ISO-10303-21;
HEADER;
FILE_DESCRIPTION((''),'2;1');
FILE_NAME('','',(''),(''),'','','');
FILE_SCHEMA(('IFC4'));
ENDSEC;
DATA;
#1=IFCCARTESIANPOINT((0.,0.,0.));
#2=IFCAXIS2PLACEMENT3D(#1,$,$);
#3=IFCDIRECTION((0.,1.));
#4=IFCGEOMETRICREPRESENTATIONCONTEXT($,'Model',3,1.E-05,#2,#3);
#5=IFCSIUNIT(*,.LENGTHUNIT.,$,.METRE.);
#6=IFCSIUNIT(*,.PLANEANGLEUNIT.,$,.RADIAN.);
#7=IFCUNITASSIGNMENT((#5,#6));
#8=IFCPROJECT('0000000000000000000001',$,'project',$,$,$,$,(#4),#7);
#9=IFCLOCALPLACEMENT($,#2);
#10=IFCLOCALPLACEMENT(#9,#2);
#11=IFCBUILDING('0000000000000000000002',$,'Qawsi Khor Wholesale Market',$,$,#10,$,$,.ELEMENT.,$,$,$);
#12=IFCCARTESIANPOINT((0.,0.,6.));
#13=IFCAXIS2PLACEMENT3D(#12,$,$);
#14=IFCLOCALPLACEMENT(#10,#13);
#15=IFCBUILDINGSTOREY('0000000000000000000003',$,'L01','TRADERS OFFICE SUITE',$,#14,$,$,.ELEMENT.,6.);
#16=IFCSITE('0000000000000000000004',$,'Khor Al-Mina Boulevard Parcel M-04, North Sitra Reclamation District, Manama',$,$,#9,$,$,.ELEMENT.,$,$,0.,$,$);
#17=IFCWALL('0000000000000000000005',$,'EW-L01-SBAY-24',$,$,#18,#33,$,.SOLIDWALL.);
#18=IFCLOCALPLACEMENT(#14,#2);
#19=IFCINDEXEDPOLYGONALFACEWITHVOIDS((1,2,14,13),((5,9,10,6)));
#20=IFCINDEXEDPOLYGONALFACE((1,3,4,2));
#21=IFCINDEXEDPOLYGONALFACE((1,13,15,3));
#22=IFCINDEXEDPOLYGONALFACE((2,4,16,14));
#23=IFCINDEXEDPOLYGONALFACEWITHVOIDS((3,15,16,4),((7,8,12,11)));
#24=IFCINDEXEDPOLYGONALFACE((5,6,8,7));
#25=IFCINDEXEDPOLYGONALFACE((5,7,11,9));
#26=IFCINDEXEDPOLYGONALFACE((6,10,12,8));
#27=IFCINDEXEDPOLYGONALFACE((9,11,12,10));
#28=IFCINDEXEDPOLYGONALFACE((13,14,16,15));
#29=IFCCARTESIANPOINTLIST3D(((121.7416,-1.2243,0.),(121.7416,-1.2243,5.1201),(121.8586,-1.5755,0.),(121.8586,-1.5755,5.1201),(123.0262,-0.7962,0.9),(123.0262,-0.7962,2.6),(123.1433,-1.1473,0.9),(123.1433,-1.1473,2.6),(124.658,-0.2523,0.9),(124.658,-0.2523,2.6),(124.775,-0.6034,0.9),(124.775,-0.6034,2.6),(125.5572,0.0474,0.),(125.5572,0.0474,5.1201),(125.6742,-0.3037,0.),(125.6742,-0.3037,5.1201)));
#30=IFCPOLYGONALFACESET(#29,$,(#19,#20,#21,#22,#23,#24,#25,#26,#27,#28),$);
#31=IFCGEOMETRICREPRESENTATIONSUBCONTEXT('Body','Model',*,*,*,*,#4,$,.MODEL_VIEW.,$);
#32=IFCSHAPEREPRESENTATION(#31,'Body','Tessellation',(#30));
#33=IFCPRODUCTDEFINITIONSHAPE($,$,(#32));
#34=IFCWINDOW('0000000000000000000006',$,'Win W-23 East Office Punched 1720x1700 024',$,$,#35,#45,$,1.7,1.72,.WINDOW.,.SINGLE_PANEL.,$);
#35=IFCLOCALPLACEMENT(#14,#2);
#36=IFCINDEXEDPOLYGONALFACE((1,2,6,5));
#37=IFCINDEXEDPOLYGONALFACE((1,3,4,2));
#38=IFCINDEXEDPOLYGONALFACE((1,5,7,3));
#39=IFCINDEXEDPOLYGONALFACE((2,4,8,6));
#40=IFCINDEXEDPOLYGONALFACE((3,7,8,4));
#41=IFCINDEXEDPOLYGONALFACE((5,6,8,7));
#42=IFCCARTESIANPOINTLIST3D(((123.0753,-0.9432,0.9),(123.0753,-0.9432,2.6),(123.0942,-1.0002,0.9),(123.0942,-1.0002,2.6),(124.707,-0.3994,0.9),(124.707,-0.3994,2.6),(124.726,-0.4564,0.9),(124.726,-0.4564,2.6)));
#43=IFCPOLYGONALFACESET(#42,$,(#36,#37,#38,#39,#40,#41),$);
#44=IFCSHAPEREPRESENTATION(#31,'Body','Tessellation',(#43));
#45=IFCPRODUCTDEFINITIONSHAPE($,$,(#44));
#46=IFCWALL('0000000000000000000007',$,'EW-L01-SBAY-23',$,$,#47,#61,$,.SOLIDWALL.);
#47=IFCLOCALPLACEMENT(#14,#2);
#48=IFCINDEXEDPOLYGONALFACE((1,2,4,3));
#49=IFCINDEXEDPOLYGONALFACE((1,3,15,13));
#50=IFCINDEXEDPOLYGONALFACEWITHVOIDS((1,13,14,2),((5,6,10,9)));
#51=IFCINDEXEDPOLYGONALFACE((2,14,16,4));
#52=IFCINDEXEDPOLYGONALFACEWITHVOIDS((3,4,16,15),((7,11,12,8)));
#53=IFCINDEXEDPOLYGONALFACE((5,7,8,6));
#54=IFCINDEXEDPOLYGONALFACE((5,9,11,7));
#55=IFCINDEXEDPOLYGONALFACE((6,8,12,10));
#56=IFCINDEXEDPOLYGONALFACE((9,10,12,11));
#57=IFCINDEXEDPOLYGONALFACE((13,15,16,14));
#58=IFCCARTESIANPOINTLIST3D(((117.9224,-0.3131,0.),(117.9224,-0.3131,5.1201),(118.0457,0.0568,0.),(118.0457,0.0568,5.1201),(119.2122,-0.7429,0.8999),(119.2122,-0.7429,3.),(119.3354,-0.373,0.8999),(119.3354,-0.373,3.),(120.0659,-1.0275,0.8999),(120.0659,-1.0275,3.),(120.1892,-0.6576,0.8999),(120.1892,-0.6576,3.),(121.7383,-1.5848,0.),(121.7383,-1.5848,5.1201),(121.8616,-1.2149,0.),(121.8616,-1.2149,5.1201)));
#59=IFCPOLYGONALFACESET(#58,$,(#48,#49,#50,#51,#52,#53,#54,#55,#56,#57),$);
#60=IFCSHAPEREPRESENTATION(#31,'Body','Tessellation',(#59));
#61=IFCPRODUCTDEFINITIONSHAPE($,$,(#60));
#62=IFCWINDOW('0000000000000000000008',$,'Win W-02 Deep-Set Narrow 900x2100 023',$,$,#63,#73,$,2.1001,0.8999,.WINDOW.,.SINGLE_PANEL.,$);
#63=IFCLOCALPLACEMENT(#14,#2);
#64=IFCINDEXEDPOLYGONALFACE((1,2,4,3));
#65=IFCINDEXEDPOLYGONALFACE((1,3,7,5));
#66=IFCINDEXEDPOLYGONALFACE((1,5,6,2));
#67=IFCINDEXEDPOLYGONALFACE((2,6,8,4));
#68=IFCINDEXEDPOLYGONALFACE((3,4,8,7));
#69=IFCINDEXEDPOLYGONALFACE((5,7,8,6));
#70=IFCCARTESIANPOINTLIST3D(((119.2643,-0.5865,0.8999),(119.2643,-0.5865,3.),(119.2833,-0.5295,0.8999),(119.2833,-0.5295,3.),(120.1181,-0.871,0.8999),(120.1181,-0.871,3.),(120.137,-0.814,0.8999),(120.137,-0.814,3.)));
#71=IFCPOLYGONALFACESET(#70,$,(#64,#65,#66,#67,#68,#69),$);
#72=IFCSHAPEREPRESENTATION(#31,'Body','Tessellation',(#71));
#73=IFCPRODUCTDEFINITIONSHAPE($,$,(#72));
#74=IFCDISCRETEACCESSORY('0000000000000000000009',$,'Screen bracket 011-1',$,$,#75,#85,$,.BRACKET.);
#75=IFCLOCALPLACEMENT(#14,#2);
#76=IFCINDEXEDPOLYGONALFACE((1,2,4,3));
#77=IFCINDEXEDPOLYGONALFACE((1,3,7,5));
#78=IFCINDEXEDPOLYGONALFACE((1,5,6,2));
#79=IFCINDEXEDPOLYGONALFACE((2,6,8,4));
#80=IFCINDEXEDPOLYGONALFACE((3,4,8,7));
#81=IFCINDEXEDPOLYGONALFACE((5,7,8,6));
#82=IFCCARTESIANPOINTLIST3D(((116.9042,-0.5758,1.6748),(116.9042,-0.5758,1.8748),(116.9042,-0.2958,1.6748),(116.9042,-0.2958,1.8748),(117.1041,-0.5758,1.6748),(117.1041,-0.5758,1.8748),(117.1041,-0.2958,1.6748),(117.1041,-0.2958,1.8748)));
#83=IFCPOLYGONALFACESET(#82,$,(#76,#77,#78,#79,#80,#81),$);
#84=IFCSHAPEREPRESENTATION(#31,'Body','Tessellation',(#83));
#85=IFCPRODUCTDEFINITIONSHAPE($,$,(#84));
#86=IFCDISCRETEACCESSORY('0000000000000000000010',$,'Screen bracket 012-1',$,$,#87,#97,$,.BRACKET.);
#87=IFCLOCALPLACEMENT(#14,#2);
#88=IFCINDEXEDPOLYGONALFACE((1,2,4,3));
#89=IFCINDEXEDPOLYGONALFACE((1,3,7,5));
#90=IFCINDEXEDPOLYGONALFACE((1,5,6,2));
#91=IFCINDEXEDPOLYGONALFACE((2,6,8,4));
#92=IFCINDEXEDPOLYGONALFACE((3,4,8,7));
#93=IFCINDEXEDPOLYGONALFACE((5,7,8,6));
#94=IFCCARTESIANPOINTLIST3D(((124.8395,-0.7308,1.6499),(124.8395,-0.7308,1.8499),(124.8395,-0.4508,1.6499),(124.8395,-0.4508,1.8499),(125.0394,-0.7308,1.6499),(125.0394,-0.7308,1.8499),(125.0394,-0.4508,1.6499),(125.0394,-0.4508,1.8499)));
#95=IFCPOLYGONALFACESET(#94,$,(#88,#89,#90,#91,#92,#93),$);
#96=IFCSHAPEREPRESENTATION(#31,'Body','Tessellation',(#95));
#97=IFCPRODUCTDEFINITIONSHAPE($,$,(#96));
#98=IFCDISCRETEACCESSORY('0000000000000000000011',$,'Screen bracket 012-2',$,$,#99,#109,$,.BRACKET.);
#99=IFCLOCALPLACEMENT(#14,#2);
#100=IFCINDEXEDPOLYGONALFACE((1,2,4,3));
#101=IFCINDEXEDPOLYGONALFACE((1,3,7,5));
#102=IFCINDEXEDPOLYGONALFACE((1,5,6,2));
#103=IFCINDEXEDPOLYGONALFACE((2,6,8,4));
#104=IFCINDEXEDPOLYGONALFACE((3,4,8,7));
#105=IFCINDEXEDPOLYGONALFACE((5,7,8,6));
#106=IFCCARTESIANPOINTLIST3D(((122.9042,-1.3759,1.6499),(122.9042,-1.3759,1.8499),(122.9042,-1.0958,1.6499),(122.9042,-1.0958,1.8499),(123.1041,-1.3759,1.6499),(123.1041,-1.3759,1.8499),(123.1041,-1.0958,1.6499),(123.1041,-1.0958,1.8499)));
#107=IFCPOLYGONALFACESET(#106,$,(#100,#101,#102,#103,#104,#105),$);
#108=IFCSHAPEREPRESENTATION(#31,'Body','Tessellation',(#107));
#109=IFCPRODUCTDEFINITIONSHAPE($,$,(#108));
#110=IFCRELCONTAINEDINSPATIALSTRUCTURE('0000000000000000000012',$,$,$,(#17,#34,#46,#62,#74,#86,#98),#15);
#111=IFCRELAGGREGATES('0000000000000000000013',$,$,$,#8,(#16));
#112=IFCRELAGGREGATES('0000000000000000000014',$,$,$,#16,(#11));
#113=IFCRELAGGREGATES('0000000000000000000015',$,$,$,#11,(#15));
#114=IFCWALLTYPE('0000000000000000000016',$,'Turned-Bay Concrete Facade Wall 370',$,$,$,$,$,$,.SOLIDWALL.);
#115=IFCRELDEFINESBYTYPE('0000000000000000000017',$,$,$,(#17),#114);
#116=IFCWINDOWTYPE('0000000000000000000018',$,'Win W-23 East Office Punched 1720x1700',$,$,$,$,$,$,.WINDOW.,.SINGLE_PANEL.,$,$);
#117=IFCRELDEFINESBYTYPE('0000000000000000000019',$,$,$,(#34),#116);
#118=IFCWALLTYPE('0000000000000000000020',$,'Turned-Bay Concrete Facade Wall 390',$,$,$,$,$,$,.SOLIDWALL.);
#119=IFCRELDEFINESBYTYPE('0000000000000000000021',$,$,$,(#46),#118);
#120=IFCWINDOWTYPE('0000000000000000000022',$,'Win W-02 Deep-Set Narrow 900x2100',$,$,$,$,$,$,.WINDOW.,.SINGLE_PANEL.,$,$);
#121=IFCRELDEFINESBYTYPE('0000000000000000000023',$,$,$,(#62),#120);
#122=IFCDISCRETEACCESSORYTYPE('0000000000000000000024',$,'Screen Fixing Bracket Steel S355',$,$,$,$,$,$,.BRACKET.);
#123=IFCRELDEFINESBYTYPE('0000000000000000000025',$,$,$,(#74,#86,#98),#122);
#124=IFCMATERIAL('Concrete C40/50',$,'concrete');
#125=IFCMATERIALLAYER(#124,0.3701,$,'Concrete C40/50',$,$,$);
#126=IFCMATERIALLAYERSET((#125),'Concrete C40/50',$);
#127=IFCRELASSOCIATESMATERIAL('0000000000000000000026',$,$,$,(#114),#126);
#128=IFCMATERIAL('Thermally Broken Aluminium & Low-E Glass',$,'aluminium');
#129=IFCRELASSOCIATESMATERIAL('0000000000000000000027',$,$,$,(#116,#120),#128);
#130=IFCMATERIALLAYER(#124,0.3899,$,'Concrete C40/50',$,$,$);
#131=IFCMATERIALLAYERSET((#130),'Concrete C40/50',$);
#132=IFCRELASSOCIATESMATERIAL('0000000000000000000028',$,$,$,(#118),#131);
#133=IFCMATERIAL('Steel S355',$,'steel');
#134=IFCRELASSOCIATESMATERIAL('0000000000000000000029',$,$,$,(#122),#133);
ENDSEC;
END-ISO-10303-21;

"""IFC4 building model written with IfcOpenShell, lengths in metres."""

from ifc_helpers import new_model, si_unit, direction, frame, frame_2d, origin, origin_2d, place, context, subcontext, project, spatial, rectangle, extrude, material, layer, layer_set, type_object, element, fill, save


model = new_model("IFC4")

# Units and contexts
model_context = context("Model", 3, precision=1e-05, world=origin(), true_north=direction((0.0, 1.0)))
body_context = subcontext(model_context, "Body", "Model", "MODEL_VIEW")
ifc_project = project(units=[si_unit("LENGTHUNIT", "METRE"), si_unit("PLANEANGLEUNIT", "RADIAN")], contexts=[model_context])

# Site, building, storey
site_placement = place(None, origin())
site = spatial("IfcSite", under=ifc_project, at=site_placement, Name="Khor Al-Mina Boulevard Parcel M-04, North Sitra Reclamation District, Manama", CompositionType="ELEMENT", RefElevation=0.0)
building_placement = place(site_placement, origin())
building = spatial("IfcBuilding", under=site, at=building_placement, Name="Qawsi Khor Wholesale Market", CompositionType="ELEMENT")
storey_placement = place(building_placement, frame((0.0, 0.0, 6.0)))
storey = spatial("IfcBuildingStorey", under=building, at=storey_placement, Name="L01", Description="TRADERS OFFICE SUITE", CompositionType="ELEMENT", Elevation=6.0)

# Shared definitions
ifc_material_1 = material(Name="Steel S355", Category="steel")

# Shared definitions
ifc_material_2 = material(Name="Concrete C40/50", Category="concrete")

# Walls, openings, windows
ifc_layer_1 = layer(ifc_material_2, 0.3701, Name="Concrete C40/50")
ifc_layer_set_1 = layer_set([ifc_layer_1], Name="Concrete C40/50")
wall_type_1 = type_object("IfcWallType", Name="Turned-Bay Concrete Facade Wall 370", PredefinedType="SOLIDWALL", material=ifc_layer_set_1)
ifc_material_3 = material(Name="Thermally Broken Aluminium & Low-E Glass", Category="aluminium")
wall_1_placement = place(storey_placement, frame((125.6157, -0.1282, 0.0), z_axis=(0.0, 0.0, 1.0), x_axis=(-0.948695, -0.316191, 0.0)))
wall_1 = element("IfcWall", 1, at=wall_1_placement, inside=storey, type_object=wall_type_1, Name="EW-L01-SBAY-24", PredefinedType="SOLIDWALL", context=body_context, shape_type="SweptSolid", body=[
    extrude(rectangle(XDim=4.022, YDim=0.3701, at=frame_2d((2.011, 0.0))), origin(), (0.0, 0.0, 1.0), 5.1201),
])
opening_1_placement = place(wall_1_placement, frame((0.948, 0.0, 0.8999)))
opening_1 = element("IfcOpeningElement", 2, at=opening_1_placement, cuts=wall_1, PredefinedType="OPENING", context=body_context, shape_type="SweptSolid", body=[
    extrude(rectangle(XDim=1.72, YDim=1.7, at=frame_2d((0.8599, 0.8501))), frame((0.0, 0.1951, 0.0), z_axis=(0.0, -1.0, 0.0), x_axis=(1.0, 0.0, 0.0)), (0.0, 0.0, 1.0), 0.3901),
])
window_type_1 = type_object("IfcWindowType", Name="Win W-23 East Office Punched 1720x1700", PartitioningType="SINGLE_PANEL", PredefinedType="WINDOW", material=ifc_material_3)
window_1_placement = place(opening_1_placement, origin())
window_1 = element("IfcWindow", 3, at=window_1_placement, inside=storey, type_object=window_type_1, Name="Win W-23 East Office Punched 1720x1700 024", OverallHeight=1.7, OverallWidth=1.72, PartitioningType="SINGLE_PANEL", PredefinedType="WINDOW", context=body_context, shape_type="SweptSolid", body=[
    extrude(rectangle(XDim=1.72, YDim=1.7, at=frame_2d((0.8599, 0.8501))), frame((0.0, 0.03, 0.0), z_axis=(0.0, -1.0, 0.0), x_axis=(1.0, 0.0, 0.0)), (0.0, 0.0, 1.0), 0.0601),
])
fill(opening_1, window_1)
ifc_layer_2 = layer(ifc_material_2, 0.3899, Name="Concrete C40/50")
ifc_layer_set_2 = layer_set([ifc_layer_2], Name="Concrete C40/50")
wall_type_2 = type_object("IfcWallType", Name="Turned-Bay Concrete Facade Wall 390", PredefinedType="SOLIDWALL", material=ifc_layer_set_2)
wall_2_placement = place(storey_placement, frame((121.8, -1.3999, 0.0), z_axis=(0.0, 0.0, 1.0), x_axis=(-0.948702, 0.316173, 0.0)))
wall_2 = element("IfcWall", 4, at=wall_2_placement, inside=storey, type_object=wall_type_2, Name="EW-L01-SBAY-23", PredefinedType="SOLIDWALL", context=body_context, shape_type="SweptSolid", body=[
    extrude(rectangle(XDim=4.0222, YDim=0.3899, at=frame_2d((2.0112, 0.0))), origin(), (0.0, 0.0, 1.0), 5.1201),
])
opening_2_placement = place(wall_2_placement, frame((1.7629, 0.0, 0.8999)))
opening_2 = element("IfcOpeningElement", 5, at=opening_2_placement, cuts=wall_2, PredefinedType="OPENING", context=body_context, shape_type="SweptSolid", body=[
    extrude(rectangle(XDim=0.8999, YDim=2.1001, at=frame_2d((0.45, 1.05))), frame((0.0, 0.2048, 0.0), z_axis=(0.0, -1.0, 0.0), x_axis=(1.0, 0.0, 0.0)), (0.0, 0.0, 1.0), 0.4099),
])
window_type_2 = type_object("IfcWindowType", Name="Win W-02 Deep-Set Narrow 900x2100", PartitioningType="SINGLE_PANEL", PredefinedType="WINDOW", material=ifc_material_3)
window_2_placement = place(opening_2_placement, origin())
window_2 = element("IfcWindow", 6, at=window_2_placement, inside=storey, type_object=window_type_2, Name="Win W-02 Deep-Set Narrow 900x2100 023", OverallHeight=2.1001, OverallWidth=0.8999, PartitioningType="SINGLE_PANEL", PredefinedType="WINDOW", context=body_context, shape_type="SweptSolid", body=[
    extrude(rectangle(XDim=0.8999, YDim=2.1001, at=frame_2d((0.45, 1.05))), frame((0.0, 0.03, 0.0), z_axis=(0.0, -1.0, 0.0), x_axis=(1.0, 0.0, 0.0)), (0.0, 0.0, 1.0), 0.0601),
])
fill(opening_2, window_2)

# Discrete accessories
discrete_accessory_type = type_object("IfcDiscreteAccessoryType", Name="Screen Fixing Bracket Steel S355", PredefinedType="BRACKET", material=ifc_material_1)
for number, where, z_axis, x_axis, name in (
    (7, (117.0042, -0.4358, 1.6748), (0.0, 0.0, 1.0), (1.0, 0.0, 0.0), "Screen bracket 011-1"),
    (8, (124.9395, -0.5908, 1.6499), (0.0, 0.0, 1.0), (1.0, 0.0, 0.0), "Screen bracket 012-1"),
    (9, (123.0042, -1.2358, 1.6499), (0.0, 0.0, 1.0), (1.0, 0.0, 0.0), "Screen bracket 012-2"),
):
    element("IfcDiscreteAccessory", number, at=place(storey_placement, frame(where, z_axis=z_axis, x_axis=x_axis)), inside=storey, type_object=discrete_accessory_type, Name=name, PredefinedType="BRACKET", context=body_context, shape_type="SweptSolid", body=[
        extrude(rectangle(XDim=0.2, YDim=0.28, at=origin_2d()), origin(), (0.0, 0.0, 1.0), 0.2),
    ])

save(model, "model.ifc")
